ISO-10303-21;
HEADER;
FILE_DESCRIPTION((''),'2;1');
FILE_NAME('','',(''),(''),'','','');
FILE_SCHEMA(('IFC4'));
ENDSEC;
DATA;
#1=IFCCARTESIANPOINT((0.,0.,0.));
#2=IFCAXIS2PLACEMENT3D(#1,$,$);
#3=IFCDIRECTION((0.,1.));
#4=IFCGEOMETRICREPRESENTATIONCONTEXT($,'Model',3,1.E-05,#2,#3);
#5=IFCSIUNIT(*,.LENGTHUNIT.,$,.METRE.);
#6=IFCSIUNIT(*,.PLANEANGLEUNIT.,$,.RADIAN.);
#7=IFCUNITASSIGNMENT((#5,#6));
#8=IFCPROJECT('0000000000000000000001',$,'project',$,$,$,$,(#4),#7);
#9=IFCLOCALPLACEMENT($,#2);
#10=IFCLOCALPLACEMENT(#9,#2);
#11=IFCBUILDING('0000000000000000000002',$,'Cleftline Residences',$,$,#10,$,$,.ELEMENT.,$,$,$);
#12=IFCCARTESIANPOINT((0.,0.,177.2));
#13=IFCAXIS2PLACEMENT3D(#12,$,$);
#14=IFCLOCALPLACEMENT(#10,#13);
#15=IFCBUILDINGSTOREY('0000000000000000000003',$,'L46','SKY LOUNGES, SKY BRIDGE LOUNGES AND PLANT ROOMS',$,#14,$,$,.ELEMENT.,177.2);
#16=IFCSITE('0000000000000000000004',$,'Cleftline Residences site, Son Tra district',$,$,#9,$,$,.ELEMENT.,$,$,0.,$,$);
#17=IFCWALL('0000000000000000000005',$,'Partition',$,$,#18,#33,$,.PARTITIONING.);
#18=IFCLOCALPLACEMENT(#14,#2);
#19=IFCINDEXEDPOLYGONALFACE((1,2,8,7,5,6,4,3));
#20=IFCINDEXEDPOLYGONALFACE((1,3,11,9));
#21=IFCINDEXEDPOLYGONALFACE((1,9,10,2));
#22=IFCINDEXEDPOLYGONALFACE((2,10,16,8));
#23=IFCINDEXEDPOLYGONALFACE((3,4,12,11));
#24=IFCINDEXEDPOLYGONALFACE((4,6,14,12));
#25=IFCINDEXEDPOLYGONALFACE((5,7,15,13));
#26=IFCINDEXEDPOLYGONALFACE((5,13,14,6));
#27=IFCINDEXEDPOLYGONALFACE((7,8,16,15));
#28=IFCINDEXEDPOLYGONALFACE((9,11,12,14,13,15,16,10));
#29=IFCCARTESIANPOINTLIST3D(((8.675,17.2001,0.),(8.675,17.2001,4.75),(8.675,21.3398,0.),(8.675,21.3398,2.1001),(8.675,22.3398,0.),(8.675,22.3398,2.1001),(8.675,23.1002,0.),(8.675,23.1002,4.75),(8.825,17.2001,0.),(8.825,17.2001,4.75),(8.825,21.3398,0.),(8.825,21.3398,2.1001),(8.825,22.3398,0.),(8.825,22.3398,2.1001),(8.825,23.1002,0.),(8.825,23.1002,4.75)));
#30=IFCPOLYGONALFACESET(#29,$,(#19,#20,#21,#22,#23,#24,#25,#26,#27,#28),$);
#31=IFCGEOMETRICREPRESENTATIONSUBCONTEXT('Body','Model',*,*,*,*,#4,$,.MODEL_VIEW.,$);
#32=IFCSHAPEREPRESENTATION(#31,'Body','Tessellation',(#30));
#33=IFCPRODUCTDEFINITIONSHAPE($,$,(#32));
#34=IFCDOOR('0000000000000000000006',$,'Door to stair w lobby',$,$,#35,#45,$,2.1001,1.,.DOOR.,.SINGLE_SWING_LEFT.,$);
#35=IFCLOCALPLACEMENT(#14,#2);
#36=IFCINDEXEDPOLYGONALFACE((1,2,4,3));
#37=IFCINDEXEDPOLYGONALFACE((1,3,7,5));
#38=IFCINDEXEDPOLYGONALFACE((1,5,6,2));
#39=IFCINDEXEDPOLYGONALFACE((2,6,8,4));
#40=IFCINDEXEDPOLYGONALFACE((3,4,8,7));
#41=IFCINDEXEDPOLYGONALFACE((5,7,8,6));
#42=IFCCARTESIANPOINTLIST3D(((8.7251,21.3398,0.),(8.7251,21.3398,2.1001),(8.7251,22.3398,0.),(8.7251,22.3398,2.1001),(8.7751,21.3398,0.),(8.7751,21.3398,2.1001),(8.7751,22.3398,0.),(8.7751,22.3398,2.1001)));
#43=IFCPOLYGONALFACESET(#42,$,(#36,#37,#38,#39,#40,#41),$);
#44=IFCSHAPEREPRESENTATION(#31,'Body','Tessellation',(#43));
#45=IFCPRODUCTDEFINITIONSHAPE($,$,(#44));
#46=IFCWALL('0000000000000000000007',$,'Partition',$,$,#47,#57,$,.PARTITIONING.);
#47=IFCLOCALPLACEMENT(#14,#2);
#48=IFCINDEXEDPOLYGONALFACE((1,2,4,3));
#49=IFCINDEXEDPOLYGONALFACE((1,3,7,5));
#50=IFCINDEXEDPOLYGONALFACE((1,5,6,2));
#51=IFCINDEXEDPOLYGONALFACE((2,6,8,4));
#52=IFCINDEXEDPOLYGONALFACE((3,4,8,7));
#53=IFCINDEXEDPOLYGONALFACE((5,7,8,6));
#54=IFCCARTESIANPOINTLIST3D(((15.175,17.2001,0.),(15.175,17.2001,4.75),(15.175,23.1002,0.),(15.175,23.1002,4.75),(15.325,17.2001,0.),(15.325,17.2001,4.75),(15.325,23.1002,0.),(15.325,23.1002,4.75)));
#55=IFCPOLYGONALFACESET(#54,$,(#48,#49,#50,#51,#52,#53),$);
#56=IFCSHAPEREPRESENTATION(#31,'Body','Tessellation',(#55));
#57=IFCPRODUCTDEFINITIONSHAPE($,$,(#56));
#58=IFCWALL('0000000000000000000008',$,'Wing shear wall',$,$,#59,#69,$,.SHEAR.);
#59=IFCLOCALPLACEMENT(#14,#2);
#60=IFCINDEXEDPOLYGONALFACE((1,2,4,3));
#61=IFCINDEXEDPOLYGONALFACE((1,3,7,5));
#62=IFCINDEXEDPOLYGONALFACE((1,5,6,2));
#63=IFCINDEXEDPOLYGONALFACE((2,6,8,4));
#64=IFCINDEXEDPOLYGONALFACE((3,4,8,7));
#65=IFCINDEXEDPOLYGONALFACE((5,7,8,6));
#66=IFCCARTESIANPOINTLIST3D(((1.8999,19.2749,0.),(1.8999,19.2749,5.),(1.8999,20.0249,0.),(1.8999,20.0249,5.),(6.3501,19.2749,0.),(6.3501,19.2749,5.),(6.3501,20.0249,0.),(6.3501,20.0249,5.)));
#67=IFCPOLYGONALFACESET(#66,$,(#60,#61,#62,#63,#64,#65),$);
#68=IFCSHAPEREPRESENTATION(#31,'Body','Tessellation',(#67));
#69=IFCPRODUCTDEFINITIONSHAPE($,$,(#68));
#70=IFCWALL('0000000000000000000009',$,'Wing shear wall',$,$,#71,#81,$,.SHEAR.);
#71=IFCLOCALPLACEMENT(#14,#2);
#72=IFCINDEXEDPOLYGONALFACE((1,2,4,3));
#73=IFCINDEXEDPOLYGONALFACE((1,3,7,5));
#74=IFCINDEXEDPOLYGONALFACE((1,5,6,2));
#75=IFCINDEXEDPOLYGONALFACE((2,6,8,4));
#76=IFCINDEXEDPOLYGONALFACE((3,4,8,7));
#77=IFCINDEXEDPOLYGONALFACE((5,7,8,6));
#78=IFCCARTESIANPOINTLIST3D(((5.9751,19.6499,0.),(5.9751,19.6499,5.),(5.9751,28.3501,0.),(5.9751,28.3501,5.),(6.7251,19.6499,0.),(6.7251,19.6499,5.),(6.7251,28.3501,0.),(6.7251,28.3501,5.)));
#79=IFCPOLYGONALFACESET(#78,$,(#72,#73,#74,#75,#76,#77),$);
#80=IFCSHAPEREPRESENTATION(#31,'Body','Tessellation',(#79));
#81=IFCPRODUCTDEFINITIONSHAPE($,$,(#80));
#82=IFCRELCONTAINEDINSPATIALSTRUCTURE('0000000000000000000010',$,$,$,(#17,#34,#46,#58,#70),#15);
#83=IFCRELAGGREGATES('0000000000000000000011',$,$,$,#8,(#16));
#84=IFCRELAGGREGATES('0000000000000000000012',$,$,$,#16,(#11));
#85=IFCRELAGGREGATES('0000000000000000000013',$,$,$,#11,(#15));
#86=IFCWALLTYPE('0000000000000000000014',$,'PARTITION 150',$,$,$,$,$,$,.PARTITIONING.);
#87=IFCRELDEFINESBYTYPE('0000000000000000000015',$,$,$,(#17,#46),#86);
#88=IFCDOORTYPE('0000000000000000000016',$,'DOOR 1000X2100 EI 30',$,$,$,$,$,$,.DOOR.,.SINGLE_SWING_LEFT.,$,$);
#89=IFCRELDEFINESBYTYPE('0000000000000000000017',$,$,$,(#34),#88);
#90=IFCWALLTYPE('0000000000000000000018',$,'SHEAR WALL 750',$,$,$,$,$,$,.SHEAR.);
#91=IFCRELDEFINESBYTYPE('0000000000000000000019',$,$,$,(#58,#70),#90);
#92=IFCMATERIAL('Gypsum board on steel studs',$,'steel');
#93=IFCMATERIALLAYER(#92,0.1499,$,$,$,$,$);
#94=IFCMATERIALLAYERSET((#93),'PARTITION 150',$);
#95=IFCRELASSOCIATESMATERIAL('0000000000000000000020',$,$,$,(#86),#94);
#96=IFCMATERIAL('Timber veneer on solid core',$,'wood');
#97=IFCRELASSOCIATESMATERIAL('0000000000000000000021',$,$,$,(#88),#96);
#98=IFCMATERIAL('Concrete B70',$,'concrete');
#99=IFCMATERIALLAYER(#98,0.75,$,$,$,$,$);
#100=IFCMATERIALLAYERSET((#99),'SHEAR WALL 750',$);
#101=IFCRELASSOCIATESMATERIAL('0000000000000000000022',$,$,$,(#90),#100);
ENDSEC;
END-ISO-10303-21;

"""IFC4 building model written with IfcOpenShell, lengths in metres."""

from ifc_helpers import new_model, si_unit, direction, frame, frame_2d, origin, place, context, subcontext, project, spatial, rectangle, extrude, material, layer, layer_set, type_object, element, fill, save


model = new_model("IFC4")

# Units and contexts
model_context = context("Model", 3, precision=1e-05, world=origin(), true_north=direction((0.0, 1.0)))
body_context = subcontext(model_context, "Body", "Model", "MODEL_VIEW")
ifc_project = project(units=[si_unit("LENGTHUNIT", "METRE"), si_unit("PLANEANGLEUNIT", "RADIAN")], contexts=[model_context])

# Site, building, storey
site_placement = place(None, origin())
site = spatial("IfcSite", under=ifc_project, at=site_placement, Name="Cleftline Residences site, Son Tra district", CompositionType="ELEMENT", RefElevation=0.0)
building_placement = place(site_placement, origin())
building = spatial("IfcBuilding", under=site, at=building_placement, Name="Cleftline Residences", CompositionType="ELEMENT")
storey_placement = place(building_placement, frame((0.0, 0.0, 177.2)))
storey = spatial("IfcBuildingStorey", under=building, at=storey_placement, Name="L46", Description="SKY LOUNGES, SKY BRIDGE LOUNGES AND PLANT ROOMS", CompositionType="ELEMENT", Elevation=177.2)

# Wall, opening, door
ifc_material_1 = material(Name="Gypsum board on steel studs", Category="steel")
ifc_layer_1 = layer(ifc_material_1, 0.1499)
ifc_layer_set_1 = layer_set([ifc_layer_1], Name="PARTITION 150")
wall_type_1 = type_object("IfcWallType", Name="PARTITION 150", PredefinedType="PARTITIONING", material=ifc_layer_set_1)
wall_1_placement = place(storey_placement, frame((8.75, 17.2, 0.0), z_axis=(0.0, 0.0, 1.0), x_axis=(0.0, 1.0, 0.0)))
wall_1 = element("IfcWall", 1, at=wall_1_placement, inside=storey, type_object=wall_type_1, Name="Partition", PredefinedType="PARTITIONING", context=body_context, shape_type="SweptSolid", body=[
    extrude(rectangle(XDim=5.9001, YDim=0.1499, at=frame_2d((2.9502, 0.0))), origin(), (0.0, 0.0, 1.0), 4.75),
])
opening_1_placement = place(wall_1_placement, frame((4.1399, 0.0, 0.0)))
opening_1 = element("IfcOpeningElement", 2, at=opening_1_placement, cuts=wall_1, PredefinedType="OPENING", context=body_context, shape_type="SweptSolid", body=[
    extrude(rectangle(XDim=1.0, YDim=2.1001, at=frame_2d((0.5, 1.05))), frame((0.0, 0.085, 0.0), z_axis=(0.0, -1.0, 0.0), x_axis=(1.0, 0.0, 0.0)), (0.0, 0.0, 1.0), 0.1699),
])
ifc_material_2 = material(Name="Timber veneer on solid core", Category="wood")
door_type_1 = type_object("IfcDoorType", Name="DOOR 1000X2100 EI 30", OperationType="SINGLE_SWING_LEFT", PredefinedType="DOOR", material=ifc_material_2)
door_1_placement = place(opening_1_placement, origin())
door_1 = element("IfcDoor", 3, at=door_1_placement, inside=storey, type_object=door_type_1, Name="Door to stair w lobby", OperationType="SINGLE_SWING_LEFT", OverallHeight=2.1001, OverallWidth=1.0, PredefinedType="DOOR", context=body_context, shape_type="SweptSolid", body=[
    extrude(rectangle(XDim=1.0, YDim=2.1001, at=frame_2d((0.5, 1.05))), frame((0.0, 0.0249, 0.0), z_axis=(0.0, -1.0, 0.0), x_axis=(1.0, 0.0, 0.0)), (0.0, 0.0, 1.0), 0.05),
])
fill(opening_1, door_1)

# Walls
wall_2_placement = place(storey_placement, frame((15.25, 17.2, 0.0), z_axis=(0.0, 0.0, 1.0), x_axis=(0.0, 1.0, 0.0)))
element("IfcWall", 4, at=wall_2_placement, inside=storey, type_object=wall_type_1, Name="Partition", PredefinedType="PARTITIONING", context=body_context, shape_type="SweptSolid", body=[
    extrude(rectangle(XDim=5.9001, YDim=0.1499, at=frame_2d((2.9502, 0.0))), origin(), (0.0, 0.0, 1.0), 4.75),
])
ifc_material_3 = material(Name="Concrete B70", Category="concrete")
ifc_layer_2 = layer(ifc_material_3, 0.75)
ifc_layer_set_2 = layer_set([ifc_layer_2], Name="SHEAR WALL 750")
wall_type_2 = type_object("IfcWallType", Name="SHEAR WALL 750", PredefinedType="SHEAR", material=ifc_layer_set_2)
wall_3_placement = place(storey_placement, frame((1.8999, 19.6499, 0.0), z_axis=(0.0, 0.0, 1.0), x_axis=(1.0, 0.0, 0.0)))
element("IfcWall", 5, at=wall_3_placement, inside=storey, type_object=wall_type_2, Name="Wing shear wall", PredefinedType="SHEAR", context=body_context, shape_type="SweptSolid", body=[
    extrude(rectangle(XDim=4.4502, YDim=0.75, at=frame_2d((2.2251, 0.0))), origin(), (0.0, 0.0, 1.0), 5.0),
])
wall_4_placement = place(storey_placement, frame((6.3501, 19.6499, 0.0), z_axis=(0.0, 0.0, 1.0), x_axis=(0.0, 1.0, 0.0)))
element("IfcWall", 6, at=wall_4_placement, inside=storey, type_object=wall_type_2, Name="Wing shear wall", PredefinedType="SHEAR", context=body_context, shape_type="SweptSolid", body=[
    extrude(rectangle(XDim=8.7002, YDim=0.75, at=frame_2d((4.3501, 0.0))), origin(), (0.0, 0.0, 1.0), 5.0),
])

save(model, "model.ifc")
